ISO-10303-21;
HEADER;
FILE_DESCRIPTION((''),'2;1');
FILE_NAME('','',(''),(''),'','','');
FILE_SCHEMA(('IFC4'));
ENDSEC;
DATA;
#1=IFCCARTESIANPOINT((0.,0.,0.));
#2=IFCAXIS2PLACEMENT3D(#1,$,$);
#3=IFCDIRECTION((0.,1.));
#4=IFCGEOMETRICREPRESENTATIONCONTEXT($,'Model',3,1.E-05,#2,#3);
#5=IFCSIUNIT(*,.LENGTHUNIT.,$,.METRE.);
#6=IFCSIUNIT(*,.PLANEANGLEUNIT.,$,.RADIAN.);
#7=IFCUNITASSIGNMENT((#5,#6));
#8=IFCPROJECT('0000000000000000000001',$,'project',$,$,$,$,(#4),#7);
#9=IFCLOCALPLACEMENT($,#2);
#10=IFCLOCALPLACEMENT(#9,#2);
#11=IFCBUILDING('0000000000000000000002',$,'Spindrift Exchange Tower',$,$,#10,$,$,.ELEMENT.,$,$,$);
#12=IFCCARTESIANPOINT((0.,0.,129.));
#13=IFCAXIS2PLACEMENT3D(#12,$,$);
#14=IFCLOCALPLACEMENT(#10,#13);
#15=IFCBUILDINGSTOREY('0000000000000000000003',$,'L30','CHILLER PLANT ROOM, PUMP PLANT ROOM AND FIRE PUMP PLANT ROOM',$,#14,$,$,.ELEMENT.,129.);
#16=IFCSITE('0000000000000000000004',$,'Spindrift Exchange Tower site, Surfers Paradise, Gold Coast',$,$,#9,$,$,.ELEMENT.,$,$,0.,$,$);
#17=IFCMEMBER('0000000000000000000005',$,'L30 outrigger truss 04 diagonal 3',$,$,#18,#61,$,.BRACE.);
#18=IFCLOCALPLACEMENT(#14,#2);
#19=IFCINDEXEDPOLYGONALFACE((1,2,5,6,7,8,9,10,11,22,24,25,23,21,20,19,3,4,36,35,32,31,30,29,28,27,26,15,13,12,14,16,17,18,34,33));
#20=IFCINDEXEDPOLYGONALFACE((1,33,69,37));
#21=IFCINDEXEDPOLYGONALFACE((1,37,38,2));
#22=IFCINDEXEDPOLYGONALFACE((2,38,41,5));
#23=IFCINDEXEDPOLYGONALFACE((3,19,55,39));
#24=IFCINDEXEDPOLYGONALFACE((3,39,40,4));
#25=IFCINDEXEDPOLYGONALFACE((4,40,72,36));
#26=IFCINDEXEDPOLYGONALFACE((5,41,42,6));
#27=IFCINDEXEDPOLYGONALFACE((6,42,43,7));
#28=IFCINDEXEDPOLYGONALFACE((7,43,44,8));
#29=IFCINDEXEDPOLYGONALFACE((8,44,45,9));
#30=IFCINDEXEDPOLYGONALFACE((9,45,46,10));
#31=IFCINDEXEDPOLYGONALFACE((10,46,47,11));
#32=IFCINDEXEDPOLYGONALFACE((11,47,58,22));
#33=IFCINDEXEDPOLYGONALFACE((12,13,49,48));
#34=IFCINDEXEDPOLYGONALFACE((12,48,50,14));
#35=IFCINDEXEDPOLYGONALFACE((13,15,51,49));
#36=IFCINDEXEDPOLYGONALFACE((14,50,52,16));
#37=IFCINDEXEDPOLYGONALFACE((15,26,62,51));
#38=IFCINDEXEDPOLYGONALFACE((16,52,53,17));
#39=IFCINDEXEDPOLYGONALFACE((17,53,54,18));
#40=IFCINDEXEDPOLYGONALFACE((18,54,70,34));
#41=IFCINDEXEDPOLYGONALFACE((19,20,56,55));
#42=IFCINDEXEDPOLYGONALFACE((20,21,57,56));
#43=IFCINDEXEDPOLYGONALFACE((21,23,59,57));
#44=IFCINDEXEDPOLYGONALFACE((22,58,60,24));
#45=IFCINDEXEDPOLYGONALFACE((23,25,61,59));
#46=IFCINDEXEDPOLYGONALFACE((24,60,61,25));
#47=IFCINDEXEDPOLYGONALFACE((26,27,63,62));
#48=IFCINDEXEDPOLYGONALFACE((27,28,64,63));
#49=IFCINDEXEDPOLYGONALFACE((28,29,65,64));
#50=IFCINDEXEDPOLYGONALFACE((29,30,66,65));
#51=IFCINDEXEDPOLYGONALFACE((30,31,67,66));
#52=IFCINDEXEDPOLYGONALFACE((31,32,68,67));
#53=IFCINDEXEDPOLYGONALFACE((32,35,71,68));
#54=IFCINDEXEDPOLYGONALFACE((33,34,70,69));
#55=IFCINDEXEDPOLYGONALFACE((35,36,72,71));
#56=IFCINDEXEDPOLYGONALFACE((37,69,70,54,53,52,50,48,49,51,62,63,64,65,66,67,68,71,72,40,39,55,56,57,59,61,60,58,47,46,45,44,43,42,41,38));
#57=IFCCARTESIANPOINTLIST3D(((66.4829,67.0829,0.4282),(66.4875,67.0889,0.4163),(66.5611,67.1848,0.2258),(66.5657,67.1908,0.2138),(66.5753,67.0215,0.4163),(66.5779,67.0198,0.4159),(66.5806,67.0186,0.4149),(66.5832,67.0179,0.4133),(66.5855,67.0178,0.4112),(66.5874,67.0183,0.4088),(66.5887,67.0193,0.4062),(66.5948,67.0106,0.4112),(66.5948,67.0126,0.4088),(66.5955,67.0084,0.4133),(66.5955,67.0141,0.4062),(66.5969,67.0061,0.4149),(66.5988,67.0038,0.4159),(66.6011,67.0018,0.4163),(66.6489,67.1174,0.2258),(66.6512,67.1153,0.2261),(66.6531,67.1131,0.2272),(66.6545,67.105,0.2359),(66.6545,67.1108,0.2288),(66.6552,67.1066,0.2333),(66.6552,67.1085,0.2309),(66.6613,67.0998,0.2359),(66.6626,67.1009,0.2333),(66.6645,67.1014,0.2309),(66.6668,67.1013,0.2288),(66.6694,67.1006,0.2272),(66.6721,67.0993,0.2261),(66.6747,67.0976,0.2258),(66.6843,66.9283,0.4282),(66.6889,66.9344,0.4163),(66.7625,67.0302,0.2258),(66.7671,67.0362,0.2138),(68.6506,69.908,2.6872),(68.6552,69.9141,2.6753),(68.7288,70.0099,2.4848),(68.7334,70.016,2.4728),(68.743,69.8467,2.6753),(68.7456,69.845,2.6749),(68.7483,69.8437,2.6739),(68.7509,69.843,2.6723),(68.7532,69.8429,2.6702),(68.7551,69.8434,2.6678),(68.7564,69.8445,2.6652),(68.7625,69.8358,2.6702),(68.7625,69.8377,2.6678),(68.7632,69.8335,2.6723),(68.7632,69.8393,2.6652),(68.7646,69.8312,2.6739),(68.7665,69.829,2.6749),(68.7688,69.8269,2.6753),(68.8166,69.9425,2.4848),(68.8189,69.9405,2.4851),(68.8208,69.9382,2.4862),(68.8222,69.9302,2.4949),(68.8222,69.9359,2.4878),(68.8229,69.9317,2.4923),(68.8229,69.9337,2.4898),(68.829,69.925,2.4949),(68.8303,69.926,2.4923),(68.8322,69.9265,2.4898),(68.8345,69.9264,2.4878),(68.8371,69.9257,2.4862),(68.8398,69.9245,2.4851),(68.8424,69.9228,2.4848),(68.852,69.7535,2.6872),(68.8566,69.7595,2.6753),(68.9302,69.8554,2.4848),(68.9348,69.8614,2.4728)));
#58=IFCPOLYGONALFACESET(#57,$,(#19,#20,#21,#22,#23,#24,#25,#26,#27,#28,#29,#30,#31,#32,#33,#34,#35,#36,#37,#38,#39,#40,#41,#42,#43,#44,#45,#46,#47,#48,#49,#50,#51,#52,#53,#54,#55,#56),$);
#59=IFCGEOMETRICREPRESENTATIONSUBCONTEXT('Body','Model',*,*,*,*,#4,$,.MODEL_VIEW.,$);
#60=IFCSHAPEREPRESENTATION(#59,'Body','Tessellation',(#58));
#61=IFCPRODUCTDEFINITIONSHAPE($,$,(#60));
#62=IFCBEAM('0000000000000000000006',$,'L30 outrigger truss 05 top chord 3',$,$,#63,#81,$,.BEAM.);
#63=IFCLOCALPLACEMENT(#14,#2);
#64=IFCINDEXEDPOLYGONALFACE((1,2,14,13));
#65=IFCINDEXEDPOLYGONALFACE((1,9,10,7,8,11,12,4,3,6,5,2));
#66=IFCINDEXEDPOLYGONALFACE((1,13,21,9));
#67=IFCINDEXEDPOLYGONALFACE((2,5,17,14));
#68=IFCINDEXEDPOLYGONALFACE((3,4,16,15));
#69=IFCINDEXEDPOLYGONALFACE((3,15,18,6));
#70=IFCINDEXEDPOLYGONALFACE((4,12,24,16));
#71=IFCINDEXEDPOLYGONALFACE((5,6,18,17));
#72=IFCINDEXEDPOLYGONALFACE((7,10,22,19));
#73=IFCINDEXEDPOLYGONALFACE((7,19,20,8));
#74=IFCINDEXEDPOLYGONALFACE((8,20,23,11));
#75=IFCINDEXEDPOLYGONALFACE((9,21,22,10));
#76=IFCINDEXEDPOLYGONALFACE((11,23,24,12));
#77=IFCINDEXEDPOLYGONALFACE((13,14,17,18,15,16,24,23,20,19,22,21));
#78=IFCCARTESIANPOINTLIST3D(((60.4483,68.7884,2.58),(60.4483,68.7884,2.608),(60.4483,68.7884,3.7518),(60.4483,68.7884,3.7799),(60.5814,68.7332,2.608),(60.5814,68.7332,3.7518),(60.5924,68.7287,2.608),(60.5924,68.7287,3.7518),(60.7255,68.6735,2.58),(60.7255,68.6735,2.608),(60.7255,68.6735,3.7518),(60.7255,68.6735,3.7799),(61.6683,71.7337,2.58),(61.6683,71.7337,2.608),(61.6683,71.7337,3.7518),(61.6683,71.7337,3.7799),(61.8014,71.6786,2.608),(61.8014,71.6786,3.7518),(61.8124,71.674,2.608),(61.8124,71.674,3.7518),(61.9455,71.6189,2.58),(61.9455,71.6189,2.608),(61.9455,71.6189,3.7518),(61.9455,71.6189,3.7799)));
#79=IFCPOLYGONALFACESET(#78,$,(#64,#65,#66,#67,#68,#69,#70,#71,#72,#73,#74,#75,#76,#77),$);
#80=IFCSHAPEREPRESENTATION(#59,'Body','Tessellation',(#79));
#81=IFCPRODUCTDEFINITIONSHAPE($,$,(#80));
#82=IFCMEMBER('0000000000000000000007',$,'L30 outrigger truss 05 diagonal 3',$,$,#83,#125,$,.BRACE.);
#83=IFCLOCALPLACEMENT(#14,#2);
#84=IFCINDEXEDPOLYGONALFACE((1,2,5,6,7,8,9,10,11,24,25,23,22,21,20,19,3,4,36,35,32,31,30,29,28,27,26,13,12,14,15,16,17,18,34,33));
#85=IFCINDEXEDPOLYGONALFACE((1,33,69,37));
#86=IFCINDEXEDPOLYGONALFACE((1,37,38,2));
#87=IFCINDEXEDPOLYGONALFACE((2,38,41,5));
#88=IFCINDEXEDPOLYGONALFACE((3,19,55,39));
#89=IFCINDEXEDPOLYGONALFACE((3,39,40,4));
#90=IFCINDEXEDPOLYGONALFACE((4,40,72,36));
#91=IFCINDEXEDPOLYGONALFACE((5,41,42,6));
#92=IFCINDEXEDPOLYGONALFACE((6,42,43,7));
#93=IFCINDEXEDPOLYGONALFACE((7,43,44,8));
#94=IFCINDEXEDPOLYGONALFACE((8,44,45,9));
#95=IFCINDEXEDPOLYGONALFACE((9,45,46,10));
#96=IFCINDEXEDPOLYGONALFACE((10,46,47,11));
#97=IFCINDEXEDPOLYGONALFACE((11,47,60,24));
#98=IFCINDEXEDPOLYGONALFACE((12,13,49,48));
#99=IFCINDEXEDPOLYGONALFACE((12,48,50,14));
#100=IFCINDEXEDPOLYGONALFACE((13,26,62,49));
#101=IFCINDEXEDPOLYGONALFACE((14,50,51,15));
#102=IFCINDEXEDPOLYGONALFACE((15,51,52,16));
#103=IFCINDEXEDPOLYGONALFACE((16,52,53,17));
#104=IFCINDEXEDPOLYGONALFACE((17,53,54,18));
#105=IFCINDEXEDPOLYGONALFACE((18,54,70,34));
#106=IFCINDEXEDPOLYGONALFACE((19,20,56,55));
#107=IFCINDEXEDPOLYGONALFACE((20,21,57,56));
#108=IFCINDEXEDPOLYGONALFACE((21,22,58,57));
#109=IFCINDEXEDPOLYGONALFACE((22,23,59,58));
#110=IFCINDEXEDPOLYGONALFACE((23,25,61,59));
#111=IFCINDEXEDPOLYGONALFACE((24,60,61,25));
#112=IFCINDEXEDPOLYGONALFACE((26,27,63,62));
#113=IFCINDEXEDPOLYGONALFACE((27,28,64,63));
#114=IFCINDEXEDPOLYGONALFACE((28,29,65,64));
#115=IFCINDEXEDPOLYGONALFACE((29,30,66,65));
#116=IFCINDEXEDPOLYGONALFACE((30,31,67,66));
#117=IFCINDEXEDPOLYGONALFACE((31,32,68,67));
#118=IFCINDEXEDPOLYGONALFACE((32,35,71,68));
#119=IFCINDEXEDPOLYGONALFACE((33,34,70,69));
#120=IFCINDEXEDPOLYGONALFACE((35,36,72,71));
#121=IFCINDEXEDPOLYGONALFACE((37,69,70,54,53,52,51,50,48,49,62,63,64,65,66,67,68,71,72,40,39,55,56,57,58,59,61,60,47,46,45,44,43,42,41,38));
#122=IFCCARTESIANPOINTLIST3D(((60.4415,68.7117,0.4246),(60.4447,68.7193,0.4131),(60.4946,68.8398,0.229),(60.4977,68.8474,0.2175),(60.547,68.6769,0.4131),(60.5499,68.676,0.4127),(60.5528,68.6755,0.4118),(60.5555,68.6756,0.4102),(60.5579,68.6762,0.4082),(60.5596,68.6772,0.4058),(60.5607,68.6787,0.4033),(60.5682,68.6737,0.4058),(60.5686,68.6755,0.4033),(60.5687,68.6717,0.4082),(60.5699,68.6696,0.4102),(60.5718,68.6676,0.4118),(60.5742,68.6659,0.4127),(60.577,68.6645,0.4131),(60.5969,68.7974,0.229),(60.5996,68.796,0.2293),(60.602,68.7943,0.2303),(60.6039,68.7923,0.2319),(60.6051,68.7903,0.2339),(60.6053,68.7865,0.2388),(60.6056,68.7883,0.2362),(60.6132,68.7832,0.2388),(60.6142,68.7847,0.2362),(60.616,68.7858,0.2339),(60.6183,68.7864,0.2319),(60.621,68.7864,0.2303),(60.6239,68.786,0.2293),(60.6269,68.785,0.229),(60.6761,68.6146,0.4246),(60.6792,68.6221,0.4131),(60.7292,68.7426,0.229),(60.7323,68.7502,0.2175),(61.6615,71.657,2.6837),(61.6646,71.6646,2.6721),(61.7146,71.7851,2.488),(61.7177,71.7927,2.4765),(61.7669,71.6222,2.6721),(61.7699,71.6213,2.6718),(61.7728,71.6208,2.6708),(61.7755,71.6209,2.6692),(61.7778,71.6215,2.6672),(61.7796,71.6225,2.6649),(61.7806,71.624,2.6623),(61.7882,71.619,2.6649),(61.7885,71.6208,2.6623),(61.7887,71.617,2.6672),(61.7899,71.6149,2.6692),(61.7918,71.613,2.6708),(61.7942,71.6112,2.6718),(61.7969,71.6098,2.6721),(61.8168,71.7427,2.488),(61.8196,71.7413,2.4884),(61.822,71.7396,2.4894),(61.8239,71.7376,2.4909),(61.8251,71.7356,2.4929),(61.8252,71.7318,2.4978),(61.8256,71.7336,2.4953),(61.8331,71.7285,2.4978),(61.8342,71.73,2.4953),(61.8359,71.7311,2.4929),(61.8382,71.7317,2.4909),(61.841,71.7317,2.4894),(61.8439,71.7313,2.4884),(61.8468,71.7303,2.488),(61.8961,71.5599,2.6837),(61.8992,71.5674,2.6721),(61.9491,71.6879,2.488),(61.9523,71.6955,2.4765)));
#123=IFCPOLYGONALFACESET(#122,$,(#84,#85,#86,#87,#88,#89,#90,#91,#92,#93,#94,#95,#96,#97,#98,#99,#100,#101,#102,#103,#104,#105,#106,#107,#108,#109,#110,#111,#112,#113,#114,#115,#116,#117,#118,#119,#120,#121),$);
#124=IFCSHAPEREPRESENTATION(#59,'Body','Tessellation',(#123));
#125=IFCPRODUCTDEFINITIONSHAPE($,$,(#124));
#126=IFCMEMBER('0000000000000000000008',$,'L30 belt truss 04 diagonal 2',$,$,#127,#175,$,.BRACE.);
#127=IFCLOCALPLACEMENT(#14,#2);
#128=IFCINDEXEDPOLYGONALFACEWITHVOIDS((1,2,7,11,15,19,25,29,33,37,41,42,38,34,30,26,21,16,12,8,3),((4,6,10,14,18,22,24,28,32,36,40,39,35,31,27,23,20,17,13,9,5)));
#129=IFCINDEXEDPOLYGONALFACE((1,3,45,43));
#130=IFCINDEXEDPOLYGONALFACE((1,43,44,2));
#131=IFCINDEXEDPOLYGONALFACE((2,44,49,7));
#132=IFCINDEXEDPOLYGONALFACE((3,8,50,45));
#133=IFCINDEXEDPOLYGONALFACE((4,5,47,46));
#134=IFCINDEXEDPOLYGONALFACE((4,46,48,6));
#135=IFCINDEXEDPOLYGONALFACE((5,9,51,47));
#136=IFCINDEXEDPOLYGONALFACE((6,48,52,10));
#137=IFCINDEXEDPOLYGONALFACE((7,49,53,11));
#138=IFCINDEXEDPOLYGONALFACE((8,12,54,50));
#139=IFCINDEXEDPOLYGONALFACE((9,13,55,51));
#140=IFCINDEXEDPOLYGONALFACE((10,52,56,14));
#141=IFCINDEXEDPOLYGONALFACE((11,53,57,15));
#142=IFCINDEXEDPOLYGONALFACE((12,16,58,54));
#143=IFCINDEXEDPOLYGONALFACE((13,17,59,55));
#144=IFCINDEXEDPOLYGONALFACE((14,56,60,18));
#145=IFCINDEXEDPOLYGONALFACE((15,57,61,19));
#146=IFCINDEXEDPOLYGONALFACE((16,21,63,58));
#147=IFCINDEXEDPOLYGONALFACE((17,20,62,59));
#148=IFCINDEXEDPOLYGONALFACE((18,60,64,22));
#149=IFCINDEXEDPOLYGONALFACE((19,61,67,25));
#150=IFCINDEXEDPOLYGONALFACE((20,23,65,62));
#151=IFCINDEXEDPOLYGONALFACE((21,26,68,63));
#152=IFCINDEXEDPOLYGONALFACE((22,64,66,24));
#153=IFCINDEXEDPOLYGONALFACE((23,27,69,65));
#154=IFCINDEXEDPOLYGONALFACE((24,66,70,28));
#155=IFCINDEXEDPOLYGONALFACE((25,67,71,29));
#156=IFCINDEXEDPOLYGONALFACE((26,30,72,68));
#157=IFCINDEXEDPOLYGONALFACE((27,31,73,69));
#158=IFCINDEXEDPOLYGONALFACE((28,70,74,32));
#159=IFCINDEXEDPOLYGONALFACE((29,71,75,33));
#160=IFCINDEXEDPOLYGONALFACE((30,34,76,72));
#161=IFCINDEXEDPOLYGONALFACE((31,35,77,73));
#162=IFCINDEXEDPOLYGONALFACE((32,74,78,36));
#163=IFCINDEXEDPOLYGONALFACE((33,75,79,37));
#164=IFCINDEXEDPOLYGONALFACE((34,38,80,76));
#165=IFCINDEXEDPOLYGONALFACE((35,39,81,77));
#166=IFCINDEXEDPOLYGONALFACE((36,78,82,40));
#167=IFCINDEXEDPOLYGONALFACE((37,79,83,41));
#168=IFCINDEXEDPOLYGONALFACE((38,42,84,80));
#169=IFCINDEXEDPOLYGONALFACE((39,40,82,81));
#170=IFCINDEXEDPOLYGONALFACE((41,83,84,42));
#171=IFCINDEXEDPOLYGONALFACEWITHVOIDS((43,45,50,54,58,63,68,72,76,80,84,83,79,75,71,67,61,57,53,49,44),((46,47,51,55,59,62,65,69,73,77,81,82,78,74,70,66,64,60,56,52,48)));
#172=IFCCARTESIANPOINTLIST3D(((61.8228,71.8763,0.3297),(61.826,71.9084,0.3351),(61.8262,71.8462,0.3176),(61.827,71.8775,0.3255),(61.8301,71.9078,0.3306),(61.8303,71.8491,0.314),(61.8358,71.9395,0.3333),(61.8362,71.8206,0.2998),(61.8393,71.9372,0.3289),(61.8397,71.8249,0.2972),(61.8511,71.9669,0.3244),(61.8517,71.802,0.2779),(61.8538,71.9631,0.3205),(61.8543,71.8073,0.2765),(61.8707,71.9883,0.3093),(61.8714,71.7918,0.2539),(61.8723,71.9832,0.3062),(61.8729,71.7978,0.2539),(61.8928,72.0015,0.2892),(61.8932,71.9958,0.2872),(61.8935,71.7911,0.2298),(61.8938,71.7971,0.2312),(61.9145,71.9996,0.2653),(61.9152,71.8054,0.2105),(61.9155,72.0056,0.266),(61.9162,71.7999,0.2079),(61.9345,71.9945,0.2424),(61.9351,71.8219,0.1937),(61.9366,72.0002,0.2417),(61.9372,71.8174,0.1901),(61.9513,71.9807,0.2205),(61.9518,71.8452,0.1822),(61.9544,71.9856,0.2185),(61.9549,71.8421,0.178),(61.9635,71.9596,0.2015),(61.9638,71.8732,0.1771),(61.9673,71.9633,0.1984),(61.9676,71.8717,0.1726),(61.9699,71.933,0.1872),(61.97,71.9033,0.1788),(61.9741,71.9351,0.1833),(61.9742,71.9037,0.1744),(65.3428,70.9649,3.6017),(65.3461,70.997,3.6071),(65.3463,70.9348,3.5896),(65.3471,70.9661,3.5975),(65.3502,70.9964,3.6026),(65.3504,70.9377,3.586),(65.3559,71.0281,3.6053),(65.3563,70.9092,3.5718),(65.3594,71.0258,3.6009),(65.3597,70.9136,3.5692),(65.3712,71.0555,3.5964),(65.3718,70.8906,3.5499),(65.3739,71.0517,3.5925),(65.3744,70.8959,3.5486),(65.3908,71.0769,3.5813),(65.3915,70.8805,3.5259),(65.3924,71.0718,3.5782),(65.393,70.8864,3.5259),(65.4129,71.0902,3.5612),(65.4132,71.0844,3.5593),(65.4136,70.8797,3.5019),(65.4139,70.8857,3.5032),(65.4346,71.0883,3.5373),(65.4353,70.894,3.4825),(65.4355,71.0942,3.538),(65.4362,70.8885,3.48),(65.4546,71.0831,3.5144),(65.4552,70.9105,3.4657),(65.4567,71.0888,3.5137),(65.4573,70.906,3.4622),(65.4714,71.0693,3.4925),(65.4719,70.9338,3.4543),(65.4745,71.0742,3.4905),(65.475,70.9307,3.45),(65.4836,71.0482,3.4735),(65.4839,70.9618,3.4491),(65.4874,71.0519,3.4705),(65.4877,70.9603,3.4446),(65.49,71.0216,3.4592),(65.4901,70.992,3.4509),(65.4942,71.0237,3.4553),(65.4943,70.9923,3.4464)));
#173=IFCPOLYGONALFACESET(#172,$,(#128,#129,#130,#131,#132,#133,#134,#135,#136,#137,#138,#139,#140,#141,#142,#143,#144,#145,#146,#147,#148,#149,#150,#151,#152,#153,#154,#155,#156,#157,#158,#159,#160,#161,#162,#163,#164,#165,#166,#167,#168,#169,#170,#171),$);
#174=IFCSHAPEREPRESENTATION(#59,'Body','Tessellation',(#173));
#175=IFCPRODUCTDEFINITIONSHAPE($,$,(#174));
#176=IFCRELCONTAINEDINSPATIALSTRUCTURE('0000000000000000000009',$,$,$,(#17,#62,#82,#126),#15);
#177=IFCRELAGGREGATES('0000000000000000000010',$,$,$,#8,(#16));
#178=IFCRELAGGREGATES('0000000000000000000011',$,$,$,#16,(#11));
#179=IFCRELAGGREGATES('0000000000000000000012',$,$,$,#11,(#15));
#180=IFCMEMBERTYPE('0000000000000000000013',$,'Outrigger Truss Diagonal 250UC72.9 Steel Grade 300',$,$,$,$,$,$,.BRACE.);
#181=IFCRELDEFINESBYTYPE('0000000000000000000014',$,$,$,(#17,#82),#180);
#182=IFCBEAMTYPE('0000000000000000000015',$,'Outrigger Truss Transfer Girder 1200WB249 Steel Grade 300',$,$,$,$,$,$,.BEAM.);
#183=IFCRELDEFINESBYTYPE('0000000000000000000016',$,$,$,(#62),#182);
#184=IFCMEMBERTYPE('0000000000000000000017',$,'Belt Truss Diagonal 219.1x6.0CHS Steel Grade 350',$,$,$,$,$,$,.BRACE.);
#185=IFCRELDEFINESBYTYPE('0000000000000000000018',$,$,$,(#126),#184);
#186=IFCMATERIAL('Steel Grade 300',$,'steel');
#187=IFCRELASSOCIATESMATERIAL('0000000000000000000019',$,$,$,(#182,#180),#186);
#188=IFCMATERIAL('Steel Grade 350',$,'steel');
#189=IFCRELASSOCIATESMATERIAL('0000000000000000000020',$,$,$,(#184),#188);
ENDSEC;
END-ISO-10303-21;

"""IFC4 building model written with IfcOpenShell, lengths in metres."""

from ifc_helpers import new_model, si_unit, direction, frame, origin, origin_2d, place, context, subcontext, project, spatial, hollow_circle, i_section, extrude, source, transform, mapped, material, material_profile, profile_set, type_object, element, save


model = new_model("IFC4")

# Units and contexts
model_context = context("Model", 3, precision=1e-05, world=origin(), true_north=direction((0.0, 1.0)))
body_context = subcontext(model_context, "Body", "Model", "MODEL_VIEW")
ifc_project = project(units=[si_unit("LENGTHUNIT", "METRE"), si_unit("PLANEANGLEUNIT", "RADIAN")], contexts=[model_context])

# Site, building, storey
site_placement = place(None, origin())
site = spatial("IfcSite", under=ifc_project, at=site_placement, Name="Spindrift Exchange Tower site, Surfers Paradise, Gold Coast", CompositionType="ELEMENT", RefElevation=0.0)
building_placement = place(site_placement, origin())
building = spatial("IfcBuilding", under=site, at=building_placement, Name="Spindrift Exchange Tower", CompositionType="ELEMENT")
storey_placement = place(building_placement, frame((0.0, 0.0, 129.0)))
storey = spatial("IfcBuildingStorey", under=building, at=storey_placement, Name="L30", Description="CHILLER PLANT ROOM, PUMP PLANT ROOM AND FIRE PUMP PLANT ROOM", CompositionType="ELEMENT", Elevation=129.0)

# Shared definitions
ifc_material_1 = material(Name="Steel Grade 300", Category="steel")

# Shared definitions
ifc_material_profile_1 = material_profile(ifc_material_1, i_section(OverallWidth=0.3, OverallDepth=1.2, WebThickness=0.012, FlangeThickness=0.0281, at=origin_2d()), Name="1200WB249")
ifc_profile_set_1 = profile_set([ifc_material_profile_1], Name="Steel Grade 300")
beam_type_1 = type_object("IfcBeamType", Name="Outrigger Truss Transfer Girder 1200WB249 Steel Grade 300", PredefinedType="BEAM", material=ifc_profile_set_1)

# Member
ifc_material_profile_2 = material_profile(ifc_material_1, i_section(OverallWidth=0.2539, OverallDepth=0.2539, WebThickness=0.0085, FlangeThickness=0.0142, FilletRadius=0.012, at=origin_2d()), Name="250UC72.9")
ifc_profile_set_2 = profile_set([ifc_material_profile_2], Name="Steel Grade 300")
member_type_1 = type_object("IfcMemberType", Name="Outrigger Truss Diagonal 250UC72.9 Steel Grade 300", PredefinedType="BRACE", material=ifc_profile_set_2)
shared_shape_1 = source(origin(), body_context, "Body", "SweptSolid", [
    extrude(i_section(OverallWidth=0.2539, OverallDepth=0.2539, WebThickness=0.0085, FlangeThickness=0.0142, FilletRadius=0.012, at=origin_2d()), origin(), (0.0, 0.0, 1.0), 4.217),
])
member_1_placement = place(storey_placement, frame((66.625, 67.0596, 0.321), z_axis=(0.514031, 0.669937, 0.535683), x_axis=(-0.79337, 0.60874, 0.0)))
element("IfcMember", 1, at=member_1_placement, inside=storey, type_object=member_type_1, Name="L30 outrigger truss 04 diagonal 3", PredefinedType="BRACE", context=body_context, shape_type="MappedRepresentation", body=[
    mapped(shared_shape_1, transform((0.0, 0.0, 0.0), scale=1.0)),
])

# Beam
shared_shape_2 = source(origin(), body_context, "Body", "SweptSolid", [
    extrude(i_section(OverallWidth=0.3, OverallDepth=1.2, WebThickness=0.012, FlangeThickness=0.0281, at=origin_2d()), origin(), (0.0, 0.0, 1.0), 3.188),
])
beam_1_placement = place(storey_placement, frame((60.5869, 68.731, 3.1799), z_axis=(0.382679, 0.923881, 0.0), x_axis=(-0.923881, 0.382679, 0.0)))
element("IfcBeam", 2, at=beam_1_placement, inside=storey, type_object=beam_type_1, Name="L30 outrigger truss 05 top chord 3", PredefinedType="BEAM", context=body_context, shape_type="MappedRepresentation", body=[
    mapped(shared_shape_2, transform((0.0, 0.0, 0.0), scale=1.0)),
])

# Members
shared_shape_3 = source(origin(), body_context, "Body", "SweptSolid", [
    extrude(i_section(OverallWidth=0.2539, OverallDepth=0.2539, WebThickness=0.0085, FlangeThickness=0.0142, FilletRadius=0.012, at=origin_2d()), origin(), (0.0, 0.0, 1.0), 3.9072),
])
member_2_placement = place(storey_placement, frame((60.5869, 68.731, 0.321), z_axis=(0.312234, 0.753811, 0.578168), x_axis=(-0.923881, 0.382679, 0.0)))
element("IfcMember", 3, at=member_2_placement, inside=storey, type_object=member_type_1, Name="L30 outrigger truss 05 diagonal 3", PredefinedType="BRACE", context=body_context, shape_type="MappedRepresentation", body=[
    mapped(shared_shape_3, transform((0.0, 0.0, 0.0), scale=1.0)),
])
ifc_material_2 = material(Name="Steel Grade 350", Category="steel")
ifc_material_profile_3 = material_profile(ifc_material_2, hollow_circle(Radius=0.1096, WallThickness=0.0061, at=origin_2d()), Name="219.1x6.0CHS")
ifc_profile_set_3 = profile_set([ifc_material_profile_3], Name="Steel Grade 350")
member_type_2 = type_object("IfcMemberType", Name="Belt Truss Diagonal 219.1x6.0CHS Steel Grade 350", PredefinedType="BRACE", material=ifc_profile_set_3)
shared_shape_4 = source(origin(), body_context, "Body", "SweptSolid", [
    extrude(hollow_circle(Radius=0.1096, WallThickness=0.0061, at=origin_2d()), origin(), (0.0, 0.0, 1.0), 4.8916),
])
member_3_placement = place(storey_placement, frame((65.4189, 70.9866, 3.5259), z_axis=(-0.719617, 0.186318, -0.668907), x_axis=(-0.250648, -0.968078, 0.0)))
element("IfcMember", 4, at=member_3_placement, inside=storey, type_object=member_type_2, Name="L30 belt truss 04 diagonal 2", PredefinedType="BRACE", context=body_context, shape_type="MappedRepresentation", body=[
    mapped(shared_shape_4, transform((0.0, 0.0, 0.0), scale=1.0)),
])

save(model, "model.ifc")
